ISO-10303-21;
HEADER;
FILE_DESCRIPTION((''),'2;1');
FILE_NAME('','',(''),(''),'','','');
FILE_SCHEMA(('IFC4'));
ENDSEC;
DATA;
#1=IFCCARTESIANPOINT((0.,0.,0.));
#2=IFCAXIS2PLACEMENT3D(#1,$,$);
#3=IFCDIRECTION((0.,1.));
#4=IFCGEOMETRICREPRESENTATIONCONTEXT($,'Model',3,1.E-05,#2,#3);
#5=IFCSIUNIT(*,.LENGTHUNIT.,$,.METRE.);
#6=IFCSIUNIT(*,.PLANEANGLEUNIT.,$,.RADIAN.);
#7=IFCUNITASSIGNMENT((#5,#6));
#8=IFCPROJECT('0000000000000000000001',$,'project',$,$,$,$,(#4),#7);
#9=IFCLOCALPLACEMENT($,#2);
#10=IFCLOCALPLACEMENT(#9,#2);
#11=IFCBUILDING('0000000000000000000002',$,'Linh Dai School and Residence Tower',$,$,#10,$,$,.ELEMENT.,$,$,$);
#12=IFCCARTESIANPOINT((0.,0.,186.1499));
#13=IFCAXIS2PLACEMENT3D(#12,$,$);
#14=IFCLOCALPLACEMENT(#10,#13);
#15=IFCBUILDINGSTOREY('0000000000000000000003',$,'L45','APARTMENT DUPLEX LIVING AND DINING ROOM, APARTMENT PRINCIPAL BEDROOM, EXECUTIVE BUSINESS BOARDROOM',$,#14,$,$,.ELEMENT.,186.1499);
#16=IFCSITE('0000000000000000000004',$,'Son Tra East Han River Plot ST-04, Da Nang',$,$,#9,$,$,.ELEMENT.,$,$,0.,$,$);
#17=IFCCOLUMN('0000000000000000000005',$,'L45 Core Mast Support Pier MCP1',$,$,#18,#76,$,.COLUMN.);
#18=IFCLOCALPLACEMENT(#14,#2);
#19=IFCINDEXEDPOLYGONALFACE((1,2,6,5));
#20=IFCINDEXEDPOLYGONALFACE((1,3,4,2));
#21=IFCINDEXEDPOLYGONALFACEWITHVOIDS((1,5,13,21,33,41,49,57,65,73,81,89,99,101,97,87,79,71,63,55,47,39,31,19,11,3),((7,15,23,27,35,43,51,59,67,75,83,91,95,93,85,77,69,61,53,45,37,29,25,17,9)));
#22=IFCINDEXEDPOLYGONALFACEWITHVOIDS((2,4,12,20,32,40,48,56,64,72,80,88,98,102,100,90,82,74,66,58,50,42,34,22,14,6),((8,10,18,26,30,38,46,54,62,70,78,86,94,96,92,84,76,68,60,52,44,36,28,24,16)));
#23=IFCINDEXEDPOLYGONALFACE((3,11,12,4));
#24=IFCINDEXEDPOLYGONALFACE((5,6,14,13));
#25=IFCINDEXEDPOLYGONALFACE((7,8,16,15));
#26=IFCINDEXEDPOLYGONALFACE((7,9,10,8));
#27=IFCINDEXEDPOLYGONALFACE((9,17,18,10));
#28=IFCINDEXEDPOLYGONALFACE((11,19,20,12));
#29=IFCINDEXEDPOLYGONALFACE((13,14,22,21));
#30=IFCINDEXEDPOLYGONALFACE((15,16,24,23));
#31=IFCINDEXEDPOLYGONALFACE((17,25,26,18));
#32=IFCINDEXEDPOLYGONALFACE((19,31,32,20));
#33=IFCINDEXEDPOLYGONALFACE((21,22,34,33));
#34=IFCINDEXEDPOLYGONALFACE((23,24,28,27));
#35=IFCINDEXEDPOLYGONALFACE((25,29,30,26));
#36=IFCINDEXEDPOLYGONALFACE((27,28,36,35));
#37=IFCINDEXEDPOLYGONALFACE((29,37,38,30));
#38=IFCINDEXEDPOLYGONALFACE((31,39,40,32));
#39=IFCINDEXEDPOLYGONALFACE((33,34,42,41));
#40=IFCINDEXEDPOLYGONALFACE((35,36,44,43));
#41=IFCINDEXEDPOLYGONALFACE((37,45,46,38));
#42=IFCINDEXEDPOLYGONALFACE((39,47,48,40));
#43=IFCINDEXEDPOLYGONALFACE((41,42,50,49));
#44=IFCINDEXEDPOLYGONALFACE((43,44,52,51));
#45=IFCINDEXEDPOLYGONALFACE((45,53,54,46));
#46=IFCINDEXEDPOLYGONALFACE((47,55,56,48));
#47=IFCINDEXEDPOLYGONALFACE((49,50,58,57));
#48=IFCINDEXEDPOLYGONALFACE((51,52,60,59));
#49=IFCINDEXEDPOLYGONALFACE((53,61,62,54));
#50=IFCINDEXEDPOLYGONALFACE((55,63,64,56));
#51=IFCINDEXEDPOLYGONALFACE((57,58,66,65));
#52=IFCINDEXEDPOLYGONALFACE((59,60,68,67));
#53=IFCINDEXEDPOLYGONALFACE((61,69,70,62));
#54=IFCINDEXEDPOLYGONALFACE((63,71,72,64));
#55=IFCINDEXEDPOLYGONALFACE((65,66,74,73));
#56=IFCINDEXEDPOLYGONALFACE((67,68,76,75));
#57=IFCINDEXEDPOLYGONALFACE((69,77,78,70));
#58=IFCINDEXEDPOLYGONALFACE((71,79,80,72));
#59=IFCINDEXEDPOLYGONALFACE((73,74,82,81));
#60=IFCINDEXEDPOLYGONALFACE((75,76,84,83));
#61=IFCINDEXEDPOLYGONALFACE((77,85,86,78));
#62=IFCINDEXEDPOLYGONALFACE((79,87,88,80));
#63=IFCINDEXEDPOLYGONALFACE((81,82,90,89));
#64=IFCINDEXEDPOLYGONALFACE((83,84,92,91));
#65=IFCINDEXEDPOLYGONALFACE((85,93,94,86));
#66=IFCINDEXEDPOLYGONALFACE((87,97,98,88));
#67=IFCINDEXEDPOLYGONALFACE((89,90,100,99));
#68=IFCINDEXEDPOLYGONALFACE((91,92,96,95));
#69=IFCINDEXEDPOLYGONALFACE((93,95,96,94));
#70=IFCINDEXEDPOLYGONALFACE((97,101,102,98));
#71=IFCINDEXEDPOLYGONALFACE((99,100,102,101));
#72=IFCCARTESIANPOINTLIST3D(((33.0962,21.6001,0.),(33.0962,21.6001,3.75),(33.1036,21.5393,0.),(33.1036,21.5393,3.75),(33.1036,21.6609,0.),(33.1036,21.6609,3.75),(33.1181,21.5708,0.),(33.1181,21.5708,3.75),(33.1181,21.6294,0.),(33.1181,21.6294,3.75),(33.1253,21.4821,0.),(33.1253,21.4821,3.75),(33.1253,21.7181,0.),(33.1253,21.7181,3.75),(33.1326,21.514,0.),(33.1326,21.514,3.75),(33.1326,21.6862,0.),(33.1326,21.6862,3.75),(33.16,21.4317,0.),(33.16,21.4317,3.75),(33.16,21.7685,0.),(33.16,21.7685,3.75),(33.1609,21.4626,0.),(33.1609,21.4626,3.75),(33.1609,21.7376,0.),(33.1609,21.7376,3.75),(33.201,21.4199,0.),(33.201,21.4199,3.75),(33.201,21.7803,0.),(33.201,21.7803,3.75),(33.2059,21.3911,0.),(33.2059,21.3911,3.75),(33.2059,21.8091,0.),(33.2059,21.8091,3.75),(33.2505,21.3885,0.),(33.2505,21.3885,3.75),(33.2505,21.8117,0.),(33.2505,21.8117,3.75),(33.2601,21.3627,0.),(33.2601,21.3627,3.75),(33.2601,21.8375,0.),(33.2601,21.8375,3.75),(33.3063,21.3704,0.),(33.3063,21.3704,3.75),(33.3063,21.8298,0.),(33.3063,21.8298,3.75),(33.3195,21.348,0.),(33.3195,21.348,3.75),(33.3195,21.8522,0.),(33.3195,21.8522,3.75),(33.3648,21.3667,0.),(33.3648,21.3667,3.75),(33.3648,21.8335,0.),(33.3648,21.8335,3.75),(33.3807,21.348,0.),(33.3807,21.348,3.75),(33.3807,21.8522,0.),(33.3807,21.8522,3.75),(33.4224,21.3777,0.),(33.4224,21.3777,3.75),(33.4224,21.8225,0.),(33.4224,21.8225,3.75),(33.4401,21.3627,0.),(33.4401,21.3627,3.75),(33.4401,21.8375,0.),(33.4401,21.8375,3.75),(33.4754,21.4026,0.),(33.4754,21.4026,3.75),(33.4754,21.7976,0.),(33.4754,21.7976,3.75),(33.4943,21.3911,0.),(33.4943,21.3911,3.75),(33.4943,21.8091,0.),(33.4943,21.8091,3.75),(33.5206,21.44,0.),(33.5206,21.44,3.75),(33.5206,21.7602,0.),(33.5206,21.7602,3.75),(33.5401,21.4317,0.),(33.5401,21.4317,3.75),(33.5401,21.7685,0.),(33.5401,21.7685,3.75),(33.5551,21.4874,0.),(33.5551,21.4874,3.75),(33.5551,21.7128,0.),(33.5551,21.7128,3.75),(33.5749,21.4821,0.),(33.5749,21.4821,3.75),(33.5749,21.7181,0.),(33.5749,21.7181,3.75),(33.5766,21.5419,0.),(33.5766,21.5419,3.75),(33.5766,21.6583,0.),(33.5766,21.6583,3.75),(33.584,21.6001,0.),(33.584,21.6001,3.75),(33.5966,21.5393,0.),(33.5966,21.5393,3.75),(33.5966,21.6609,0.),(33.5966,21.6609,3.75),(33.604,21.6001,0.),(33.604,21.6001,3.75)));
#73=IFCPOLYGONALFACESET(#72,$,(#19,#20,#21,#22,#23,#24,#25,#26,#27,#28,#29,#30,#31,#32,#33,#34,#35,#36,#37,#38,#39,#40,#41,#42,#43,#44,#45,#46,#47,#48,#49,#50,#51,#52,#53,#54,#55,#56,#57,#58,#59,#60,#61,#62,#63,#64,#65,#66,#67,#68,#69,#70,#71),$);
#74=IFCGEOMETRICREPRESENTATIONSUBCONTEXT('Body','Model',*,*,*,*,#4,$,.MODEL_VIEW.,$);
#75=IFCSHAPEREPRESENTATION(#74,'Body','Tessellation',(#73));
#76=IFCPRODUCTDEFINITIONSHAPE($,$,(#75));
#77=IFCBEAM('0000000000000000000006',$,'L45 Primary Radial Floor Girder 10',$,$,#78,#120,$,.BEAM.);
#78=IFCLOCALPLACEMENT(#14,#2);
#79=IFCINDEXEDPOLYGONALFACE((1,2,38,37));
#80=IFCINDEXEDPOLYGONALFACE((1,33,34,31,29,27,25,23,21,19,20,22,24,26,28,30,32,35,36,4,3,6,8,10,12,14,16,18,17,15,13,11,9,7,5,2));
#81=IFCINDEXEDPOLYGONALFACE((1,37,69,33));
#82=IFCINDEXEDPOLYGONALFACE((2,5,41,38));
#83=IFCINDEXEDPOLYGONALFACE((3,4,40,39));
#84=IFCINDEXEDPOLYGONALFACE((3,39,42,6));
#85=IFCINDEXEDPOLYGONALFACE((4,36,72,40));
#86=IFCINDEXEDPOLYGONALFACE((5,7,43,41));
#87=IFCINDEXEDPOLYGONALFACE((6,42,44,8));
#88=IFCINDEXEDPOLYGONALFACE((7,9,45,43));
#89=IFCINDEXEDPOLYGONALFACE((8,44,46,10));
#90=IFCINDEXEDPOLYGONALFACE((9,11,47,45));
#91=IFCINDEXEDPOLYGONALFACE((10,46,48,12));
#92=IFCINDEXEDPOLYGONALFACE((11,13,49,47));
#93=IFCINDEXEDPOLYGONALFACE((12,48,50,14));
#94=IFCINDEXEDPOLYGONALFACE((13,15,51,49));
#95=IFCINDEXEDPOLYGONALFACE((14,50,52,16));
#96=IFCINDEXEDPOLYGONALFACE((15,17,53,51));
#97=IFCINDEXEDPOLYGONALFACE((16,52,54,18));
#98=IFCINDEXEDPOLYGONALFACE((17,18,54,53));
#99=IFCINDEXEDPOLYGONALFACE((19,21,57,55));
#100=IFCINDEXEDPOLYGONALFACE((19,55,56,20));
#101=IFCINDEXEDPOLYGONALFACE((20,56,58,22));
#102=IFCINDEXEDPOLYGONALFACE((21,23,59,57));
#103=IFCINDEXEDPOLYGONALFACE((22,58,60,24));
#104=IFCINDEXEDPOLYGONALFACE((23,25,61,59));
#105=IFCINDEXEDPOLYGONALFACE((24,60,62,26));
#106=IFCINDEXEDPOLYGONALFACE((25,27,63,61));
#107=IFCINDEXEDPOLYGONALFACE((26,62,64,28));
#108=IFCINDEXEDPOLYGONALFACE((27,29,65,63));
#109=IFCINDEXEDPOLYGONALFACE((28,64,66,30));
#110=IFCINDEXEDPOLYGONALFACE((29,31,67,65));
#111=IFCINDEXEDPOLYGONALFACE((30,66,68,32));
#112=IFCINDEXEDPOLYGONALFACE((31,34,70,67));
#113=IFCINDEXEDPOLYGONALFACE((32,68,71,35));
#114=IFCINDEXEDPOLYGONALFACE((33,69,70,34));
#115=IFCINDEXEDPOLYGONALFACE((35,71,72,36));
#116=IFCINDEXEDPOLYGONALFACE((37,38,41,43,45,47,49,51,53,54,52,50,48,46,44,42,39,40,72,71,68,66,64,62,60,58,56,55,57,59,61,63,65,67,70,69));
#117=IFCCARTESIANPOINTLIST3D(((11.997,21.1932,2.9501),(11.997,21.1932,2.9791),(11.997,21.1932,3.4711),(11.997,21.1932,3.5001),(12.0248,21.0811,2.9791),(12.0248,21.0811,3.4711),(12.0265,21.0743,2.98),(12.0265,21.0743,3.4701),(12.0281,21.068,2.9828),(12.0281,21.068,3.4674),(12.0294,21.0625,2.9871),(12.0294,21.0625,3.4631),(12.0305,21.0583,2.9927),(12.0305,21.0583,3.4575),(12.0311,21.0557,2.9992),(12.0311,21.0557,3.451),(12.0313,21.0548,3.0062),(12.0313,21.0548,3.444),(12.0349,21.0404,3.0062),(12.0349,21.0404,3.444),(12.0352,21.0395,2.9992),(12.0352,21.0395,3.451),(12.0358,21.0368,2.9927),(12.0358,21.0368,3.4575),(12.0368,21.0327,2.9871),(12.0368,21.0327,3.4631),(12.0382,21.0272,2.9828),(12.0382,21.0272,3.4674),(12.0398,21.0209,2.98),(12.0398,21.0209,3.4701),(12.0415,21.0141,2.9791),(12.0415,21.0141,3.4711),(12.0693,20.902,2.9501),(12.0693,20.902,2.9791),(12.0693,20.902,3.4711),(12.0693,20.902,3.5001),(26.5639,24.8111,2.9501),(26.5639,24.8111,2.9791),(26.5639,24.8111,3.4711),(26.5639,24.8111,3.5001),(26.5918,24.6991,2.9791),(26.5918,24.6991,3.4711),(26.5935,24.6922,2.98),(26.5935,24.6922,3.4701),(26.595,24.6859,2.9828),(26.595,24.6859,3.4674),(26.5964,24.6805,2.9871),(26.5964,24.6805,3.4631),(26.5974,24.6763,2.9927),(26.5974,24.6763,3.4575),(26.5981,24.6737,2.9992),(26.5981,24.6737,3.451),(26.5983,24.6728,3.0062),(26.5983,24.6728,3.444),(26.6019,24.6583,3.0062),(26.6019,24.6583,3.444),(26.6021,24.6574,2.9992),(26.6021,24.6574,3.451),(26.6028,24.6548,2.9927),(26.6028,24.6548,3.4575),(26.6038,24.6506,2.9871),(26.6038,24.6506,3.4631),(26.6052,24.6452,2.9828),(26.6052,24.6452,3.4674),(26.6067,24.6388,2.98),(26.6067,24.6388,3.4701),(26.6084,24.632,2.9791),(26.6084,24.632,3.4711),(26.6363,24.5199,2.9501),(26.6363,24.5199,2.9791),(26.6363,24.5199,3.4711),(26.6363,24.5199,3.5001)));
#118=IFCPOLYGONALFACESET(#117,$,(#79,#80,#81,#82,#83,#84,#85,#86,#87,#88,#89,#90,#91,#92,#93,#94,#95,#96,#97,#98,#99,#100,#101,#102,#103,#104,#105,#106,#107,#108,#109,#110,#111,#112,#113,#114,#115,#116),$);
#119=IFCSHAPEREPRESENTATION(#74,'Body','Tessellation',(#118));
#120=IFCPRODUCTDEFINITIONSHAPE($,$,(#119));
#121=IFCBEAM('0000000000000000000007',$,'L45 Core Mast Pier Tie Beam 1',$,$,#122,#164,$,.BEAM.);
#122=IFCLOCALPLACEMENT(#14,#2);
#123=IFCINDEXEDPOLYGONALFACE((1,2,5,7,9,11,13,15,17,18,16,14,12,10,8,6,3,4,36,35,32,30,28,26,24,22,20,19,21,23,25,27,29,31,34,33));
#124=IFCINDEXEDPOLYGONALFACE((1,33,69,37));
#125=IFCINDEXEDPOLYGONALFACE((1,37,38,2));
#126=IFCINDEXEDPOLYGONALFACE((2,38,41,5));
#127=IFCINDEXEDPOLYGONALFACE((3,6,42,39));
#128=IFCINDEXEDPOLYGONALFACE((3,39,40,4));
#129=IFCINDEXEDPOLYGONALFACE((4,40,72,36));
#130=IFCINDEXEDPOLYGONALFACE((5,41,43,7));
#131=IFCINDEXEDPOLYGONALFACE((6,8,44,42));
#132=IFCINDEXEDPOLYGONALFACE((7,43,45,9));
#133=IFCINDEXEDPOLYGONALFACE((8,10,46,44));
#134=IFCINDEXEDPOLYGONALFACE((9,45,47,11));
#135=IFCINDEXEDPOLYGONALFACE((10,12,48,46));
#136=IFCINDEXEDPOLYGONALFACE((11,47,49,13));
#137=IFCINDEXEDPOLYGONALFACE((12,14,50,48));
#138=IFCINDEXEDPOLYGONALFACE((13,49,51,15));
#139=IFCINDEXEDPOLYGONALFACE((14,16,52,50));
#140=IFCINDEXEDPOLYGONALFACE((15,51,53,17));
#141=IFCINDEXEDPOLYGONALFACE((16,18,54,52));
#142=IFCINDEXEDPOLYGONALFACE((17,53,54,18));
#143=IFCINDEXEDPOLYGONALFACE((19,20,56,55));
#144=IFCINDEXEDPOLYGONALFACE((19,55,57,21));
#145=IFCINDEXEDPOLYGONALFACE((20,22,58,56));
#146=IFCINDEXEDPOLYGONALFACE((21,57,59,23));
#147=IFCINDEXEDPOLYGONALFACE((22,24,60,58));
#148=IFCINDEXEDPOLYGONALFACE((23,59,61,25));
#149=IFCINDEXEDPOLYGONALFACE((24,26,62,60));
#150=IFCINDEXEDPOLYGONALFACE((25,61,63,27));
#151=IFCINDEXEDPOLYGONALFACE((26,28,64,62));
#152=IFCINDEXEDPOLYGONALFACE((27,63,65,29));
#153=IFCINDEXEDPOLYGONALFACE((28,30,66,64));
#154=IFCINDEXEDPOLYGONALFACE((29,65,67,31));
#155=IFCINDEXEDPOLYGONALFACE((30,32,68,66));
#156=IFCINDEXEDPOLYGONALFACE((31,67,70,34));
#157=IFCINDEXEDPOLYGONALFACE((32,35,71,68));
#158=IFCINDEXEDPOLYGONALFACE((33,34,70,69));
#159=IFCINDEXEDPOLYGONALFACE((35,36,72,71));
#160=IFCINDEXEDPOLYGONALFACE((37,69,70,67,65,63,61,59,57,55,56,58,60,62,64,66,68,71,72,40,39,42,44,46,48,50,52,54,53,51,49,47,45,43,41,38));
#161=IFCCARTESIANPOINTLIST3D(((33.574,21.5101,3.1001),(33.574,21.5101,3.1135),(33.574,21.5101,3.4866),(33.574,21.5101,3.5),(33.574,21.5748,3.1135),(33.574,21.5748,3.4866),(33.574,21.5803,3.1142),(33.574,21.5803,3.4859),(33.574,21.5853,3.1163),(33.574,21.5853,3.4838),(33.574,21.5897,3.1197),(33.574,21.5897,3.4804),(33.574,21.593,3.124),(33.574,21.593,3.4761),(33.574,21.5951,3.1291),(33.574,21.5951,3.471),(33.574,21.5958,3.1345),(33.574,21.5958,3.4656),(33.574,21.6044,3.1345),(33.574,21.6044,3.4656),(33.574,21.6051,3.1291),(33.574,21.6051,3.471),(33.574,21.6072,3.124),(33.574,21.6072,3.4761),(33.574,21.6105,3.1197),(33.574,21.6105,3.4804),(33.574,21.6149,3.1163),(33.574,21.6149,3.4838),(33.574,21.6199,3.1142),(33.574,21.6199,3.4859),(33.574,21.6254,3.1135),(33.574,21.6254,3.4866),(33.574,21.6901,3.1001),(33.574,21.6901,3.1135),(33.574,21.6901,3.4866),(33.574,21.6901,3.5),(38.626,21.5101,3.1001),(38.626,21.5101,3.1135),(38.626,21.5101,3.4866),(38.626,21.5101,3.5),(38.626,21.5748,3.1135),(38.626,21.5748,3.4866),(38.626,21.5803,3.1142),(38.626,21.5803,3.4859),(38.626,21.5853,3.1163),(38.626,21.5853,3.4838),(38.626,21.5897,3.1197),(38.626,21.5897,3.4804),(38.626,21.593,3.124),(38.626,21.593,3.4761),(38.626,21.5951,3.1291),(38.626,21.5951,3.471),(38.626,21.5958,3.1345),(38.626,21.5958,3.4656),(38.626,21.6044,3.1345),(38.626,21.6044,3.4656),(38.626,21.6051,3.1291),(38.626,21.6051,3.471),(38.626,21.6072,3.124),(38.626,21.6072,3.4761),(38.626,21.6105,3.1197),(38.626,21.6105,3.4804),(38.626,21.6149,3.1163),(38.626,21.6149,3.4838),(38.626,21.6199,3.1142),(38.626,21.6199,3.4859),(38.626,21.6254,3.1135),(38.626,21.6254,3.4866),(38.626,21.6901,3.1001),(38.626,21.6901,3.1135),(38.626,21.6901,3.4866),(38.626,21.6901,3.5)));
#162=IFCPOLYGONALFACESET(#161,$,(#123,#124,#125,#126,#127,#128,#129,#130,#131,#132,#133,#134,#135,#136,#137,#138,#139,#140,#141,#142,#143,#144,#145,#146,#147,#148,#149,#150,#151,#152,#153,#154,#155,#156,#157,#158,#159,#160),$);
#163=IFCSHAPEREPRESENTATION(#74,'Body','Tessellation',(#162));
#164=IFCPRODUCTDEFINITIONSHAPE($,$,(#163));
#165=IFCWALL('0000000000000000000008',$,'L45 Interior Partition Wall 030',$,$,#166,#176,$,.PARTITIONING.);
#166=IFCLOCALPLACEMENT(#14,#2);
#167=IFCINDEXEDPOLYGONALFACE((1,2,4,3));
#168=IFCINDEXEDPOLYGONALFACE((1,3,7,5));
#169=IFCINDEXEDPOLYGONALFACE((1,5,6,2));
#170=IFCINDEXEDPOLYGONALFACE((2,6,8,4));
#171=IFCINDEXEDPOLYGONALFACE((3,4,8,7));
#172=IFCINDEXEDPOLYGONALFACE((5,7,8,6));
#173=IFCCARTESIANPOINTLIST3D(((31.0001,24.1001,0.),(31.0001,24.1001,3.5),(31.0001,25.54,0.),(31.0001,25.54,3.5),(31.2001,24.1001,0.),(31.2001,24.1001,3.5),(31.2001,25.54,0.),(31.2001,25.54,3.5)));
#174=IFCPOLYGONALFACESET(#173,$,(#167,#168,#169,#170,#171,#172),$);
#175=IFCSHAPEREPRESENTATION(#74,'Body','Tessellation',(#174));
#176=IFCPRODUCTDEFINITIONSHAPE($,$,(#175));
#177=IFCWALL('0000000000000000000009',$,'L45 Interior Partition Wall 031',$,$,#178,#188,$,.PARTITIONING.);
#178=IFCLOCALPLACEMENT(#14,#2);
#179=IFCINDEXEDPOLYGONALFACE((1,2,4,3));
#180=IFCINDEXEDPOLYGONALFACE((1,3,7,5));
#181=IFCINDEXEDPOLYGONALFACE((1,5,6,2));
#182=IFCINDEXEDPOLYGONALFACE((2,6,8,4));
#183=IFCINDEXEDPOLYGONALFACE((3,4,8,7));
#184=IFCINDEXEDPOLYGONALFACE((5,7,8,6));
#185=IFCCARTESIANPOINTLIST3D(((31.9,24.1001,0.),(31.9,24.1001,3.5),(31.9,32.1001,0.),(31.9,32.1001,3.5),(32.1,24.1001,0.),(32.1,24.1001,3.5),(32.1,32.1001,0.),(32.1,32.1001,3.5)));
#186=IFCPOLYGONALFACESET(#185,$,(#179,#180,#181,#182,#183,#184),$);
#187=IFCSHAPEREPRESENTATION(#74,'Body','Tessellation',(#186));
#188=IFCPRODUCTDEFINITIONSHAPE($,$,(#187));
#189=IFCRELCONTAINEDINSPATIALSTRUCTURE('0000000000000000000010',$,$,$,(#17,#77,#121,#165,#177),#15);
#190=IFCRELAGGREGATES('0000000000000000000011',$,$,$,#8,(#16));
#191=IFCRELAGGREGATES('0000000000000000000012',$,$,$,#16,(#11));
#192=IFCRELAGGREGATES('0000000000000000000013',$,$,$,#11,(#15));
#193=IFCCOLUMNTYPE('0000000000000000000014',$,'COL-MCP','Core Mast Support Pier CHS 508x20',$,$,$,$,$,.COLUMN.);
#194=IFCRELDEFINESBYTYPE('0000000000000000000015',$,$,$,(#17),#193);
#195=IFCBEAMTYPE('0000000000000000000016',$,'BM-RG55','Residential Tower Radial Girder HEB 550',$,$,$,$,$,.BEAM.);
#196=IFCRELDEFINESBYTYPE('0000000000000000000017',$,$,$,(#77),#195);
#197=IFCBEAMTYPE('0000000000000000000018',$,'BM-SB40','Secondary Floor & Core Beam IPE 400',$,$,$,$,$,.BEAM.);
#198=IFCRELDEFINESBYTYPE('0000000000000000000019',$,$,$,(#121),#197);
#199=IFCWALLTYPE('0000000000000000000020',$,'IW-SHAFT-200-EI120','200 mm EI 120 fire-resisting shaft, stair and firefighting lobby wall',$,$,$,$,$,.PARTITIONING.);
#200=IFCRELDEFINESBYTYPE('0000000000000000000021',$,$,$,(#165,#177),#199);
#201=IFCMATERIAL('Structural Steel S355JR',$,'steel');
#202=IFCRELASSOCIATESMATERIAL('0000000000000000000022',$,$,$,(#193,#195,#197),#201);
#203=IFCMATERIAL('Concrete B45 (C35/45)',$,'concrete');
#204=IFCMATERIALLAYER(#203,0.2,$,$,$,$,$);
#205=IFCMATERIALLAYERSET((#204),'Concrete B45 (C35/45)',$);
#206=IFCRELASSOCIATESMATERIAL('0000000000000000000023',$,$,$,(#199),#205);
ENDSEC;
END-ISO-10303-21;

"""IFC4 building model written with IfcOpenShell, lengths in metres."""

from ifc_helpers import new_model, si_unit, direction, frame, frame_2d, origin, origin_2d, place, context, subcontext, project, spatial, rectangle, hollow_circle, i_section, extrude, material, layer, layer_set, material_profile, profile_set, type_object, element, save


model = new_model("IFC4")

# Units and contexts
model_context = context("Model", 3, precision=1e-05, world=origin(), true_north=direction((0.0, 1.0)))
body_context = subcontext(model_context, "Body", "Model", "MODEL_VIEW")
ifc_project = project(units=[si_unit("LENGTHUNIT", "METRE"), si_unit("PLANEANGLEUNIT", "RADIAN")], contexts=[model_context])

# Site, building, storey
site_placement = place(None, origin())
site = spatial("IfcSite", under=ifc_project, at=site_placement, Name="Son Tra East Han River Plot ST-04, Da Nang", CompositionType="ELEMENT", RefElevation=0.0)
building_placement = place(site_placement, origin())
building = spatial("IfcBuilding", under=site, at=building_placement, Name="Linh Dai School and Residence Tower", CompositionType="ELEMENT")
storey_placement = place(building_placement, frame((0.0, 0.0, 186.1499)))
storey = spatial("IfcBuildingStorey", under=building, at=storey_placement, Name="L45", Description="APARTMENT DUPLEX LIVING AND DINING ROOM, APARTMENT PRINCIPAL BEDROOM, EXECUTIVE BUSINESS BOARDROOM", CompositionType="ELEMENT", Elevation=186.1499)

# Column
ifc_material_1 = material(Name="Structural Steel S355JR", Category="steel")
ifc_material_profile_1 = material_profile(ifc_material_1, hollow_circle(Radius=0.2539, WallThickness=0.02, at=origin_2d()), Name="CHS 508x20")
ifc_profile_set_1 = profile_set([ifc_material_profile_1], Name="Structural Steel S355JR")
column_type_1 = type_object("IfcColumnType", Name="COL-MCP", Description="Core Mast Support Pier CHS 508x20", PredefinedType="COLUMN", material=ifc_profile_set_1)
column_placement = place(storey_placement, frame((33.3501, 21.6001, 0.0), z_axis=(0.0, 0.0, 1.0), x_axis=(1.0, 0.0, 0.0)))
element("IfcColumn", 1, at=column_placement, inside=storey, type_object=column_type_1, Name="L45 Core Mast Support Pier MCP1", PredefinedType="COLUMN", context=body_context, shape_type="SweptSolid", body=[
    extrude(hollow_circle(Radius=0.2539, WallThickness=0.02, at=origin_2d()), origin(), (0.0, 0.0, 1.0), 3.75),
])

# Beams
ifc_material_profile_2 = material_profile(ifc_material_1, i_section(OverallWidth=0.3, OverallDepth=0.55, WebThickness=0.0149, FlangeThickness=0.0291, FilletRadius=0.0271, at=origin_2d()), Name="HEB 550")
ifc_profile_set_2 = profile_set([ifc_material_profile_2], Name="Structural Steel S355JR")
beam_type_1 = type_object("IfcBeamType", Name="BM-RG55", Description="Residential Tower Radial Girder HEB 550", PredefinedType="BEAM", material=ifc_profile_set_2)
beam_1_placement = place(storey_placement, frame((26.6001, 24.6655, 3.2251), z_axis=(-0.970515, -0.241043, 0.0), x_axis=(0.241043, -0.970515, 0.0)))
element("IfcBeam", 2, at=beam_1_placement, inside=storey, type_object=beam_type_1, Name="L45 Primary Radial Floor Girder 10", PredefinedType="BEAM", context=body_context, shape_type="SweptSolid", body=[
    extrude(i_section(OverallWidth=0.3, OverallDepth=0.55, WebThickness=0.0149, FlangeThickness=0.0291, FilletRadius=0.0271, at=origin_2d()), origin(), (0.0, 0.0, 1.0), 15.0095),
])
ifc_material_profile_3 = material_profile(ifc_material_1, i_section(OverallWidth=0.1799, OverallDepth=0.3999, WebThickness=0.0085, FlangeThickness=0.0134, FilletRadius=0.021, at=origin_2d()), Name="IPE 400")
ifc_profile_set_3 = profile_set([ifc_material_profile_3], Name="Structural Steel S355JR")
beam_type_2 = type_object("IfcBeamType", Name="BM-SB40", Description="Secondary Floor & Core Beam IPE 400", PredefinedType="BEAM", material=ifc_profile_set_3)
beam_2_placement = place(storey_placement, frame((33.574, 21.6001, 3.3), z_axis=(1.0, 0.0, 0.0), x_axis=(0.0, 1.0, 0.0)))
element("IfcBeam", 3, at=beam_2_placement, inside=storey, type_object=beam_type_2, Name="L45 Core Mast Pier Tie Beam 1", PredefinedType="BEAM", context=body_context, shape_type="SweptSolid", body=[
    extrude(i_section(OverallWidth=0.1799, OverallDepth=0.3999, WebThickness=0.0085, FlangeThickness=0.0134, FilletRadius=0.021, at=origin_2d()), origin(), (0.0, 0.0, 1.0), 5.052),
])

# Shared definitions
ifc_material_2 = material(Name="Concrete B45 (C35/45)", Category="concrete")
ifc_layer_1 = layer(ifc_material_2, 0.2)
ifc_layer_set_1 = layer_set([ifc_layer_1], Name="Concrete B45 (C35/45)")
wall_type_1 = type_object("IfcWallType", Name="IW-SHAFT-200-EI120", Description="200 mm EI 120 fire-resisting shaft, stair and firefighting lobby wall", PredefinedType="PARTITIONING", material=ifc_layer_set_1)

# Walls
wall_1_placement = place(storey_placement, frame((31.1001, 24.1001, 0.0), z_axis=(0.0, 0.0, 1.0), x_axis=(0.0, 1.0, 0.0)))
element("IfcWall", 4, at=wall_1_placement, inside=storey, type_object=wall_type_1, Name="L45 Interior Partition Wall 030", PredefinedType="PARTITIONING", context=body_context, shape_type="SweptSolid", body=[
    extrude(rectangle(XDim=1.4399, YDim=0.2, at=frame_2d((0.72, 0.0))), origin(), (0.0, 0.0, 1.0), 3.5),
])
wall_2_placement = place(storey_placement, frame((32.0, 24.1001, 0.0), z_axis=(0.0, 0.0, 1.0), x_axis=(0.0, 1.0, 0.0)))
element("IfcWall", 5, at=wall_2_placement, inside=storey, type_object=wall_type_1, Name="L45 Interior Partition Wall 031", PredefinedType="PARTITIONING", context=body_context, shape_type="SweptSolid", body=[
    extrude(rectangle(XDim=8.0, YDim=0.2, at=frame_2d((4.0, 0.0))), origin(), (0.0, 0.0, 1.0), 3.5),
])

save(model, "model.ifc")
